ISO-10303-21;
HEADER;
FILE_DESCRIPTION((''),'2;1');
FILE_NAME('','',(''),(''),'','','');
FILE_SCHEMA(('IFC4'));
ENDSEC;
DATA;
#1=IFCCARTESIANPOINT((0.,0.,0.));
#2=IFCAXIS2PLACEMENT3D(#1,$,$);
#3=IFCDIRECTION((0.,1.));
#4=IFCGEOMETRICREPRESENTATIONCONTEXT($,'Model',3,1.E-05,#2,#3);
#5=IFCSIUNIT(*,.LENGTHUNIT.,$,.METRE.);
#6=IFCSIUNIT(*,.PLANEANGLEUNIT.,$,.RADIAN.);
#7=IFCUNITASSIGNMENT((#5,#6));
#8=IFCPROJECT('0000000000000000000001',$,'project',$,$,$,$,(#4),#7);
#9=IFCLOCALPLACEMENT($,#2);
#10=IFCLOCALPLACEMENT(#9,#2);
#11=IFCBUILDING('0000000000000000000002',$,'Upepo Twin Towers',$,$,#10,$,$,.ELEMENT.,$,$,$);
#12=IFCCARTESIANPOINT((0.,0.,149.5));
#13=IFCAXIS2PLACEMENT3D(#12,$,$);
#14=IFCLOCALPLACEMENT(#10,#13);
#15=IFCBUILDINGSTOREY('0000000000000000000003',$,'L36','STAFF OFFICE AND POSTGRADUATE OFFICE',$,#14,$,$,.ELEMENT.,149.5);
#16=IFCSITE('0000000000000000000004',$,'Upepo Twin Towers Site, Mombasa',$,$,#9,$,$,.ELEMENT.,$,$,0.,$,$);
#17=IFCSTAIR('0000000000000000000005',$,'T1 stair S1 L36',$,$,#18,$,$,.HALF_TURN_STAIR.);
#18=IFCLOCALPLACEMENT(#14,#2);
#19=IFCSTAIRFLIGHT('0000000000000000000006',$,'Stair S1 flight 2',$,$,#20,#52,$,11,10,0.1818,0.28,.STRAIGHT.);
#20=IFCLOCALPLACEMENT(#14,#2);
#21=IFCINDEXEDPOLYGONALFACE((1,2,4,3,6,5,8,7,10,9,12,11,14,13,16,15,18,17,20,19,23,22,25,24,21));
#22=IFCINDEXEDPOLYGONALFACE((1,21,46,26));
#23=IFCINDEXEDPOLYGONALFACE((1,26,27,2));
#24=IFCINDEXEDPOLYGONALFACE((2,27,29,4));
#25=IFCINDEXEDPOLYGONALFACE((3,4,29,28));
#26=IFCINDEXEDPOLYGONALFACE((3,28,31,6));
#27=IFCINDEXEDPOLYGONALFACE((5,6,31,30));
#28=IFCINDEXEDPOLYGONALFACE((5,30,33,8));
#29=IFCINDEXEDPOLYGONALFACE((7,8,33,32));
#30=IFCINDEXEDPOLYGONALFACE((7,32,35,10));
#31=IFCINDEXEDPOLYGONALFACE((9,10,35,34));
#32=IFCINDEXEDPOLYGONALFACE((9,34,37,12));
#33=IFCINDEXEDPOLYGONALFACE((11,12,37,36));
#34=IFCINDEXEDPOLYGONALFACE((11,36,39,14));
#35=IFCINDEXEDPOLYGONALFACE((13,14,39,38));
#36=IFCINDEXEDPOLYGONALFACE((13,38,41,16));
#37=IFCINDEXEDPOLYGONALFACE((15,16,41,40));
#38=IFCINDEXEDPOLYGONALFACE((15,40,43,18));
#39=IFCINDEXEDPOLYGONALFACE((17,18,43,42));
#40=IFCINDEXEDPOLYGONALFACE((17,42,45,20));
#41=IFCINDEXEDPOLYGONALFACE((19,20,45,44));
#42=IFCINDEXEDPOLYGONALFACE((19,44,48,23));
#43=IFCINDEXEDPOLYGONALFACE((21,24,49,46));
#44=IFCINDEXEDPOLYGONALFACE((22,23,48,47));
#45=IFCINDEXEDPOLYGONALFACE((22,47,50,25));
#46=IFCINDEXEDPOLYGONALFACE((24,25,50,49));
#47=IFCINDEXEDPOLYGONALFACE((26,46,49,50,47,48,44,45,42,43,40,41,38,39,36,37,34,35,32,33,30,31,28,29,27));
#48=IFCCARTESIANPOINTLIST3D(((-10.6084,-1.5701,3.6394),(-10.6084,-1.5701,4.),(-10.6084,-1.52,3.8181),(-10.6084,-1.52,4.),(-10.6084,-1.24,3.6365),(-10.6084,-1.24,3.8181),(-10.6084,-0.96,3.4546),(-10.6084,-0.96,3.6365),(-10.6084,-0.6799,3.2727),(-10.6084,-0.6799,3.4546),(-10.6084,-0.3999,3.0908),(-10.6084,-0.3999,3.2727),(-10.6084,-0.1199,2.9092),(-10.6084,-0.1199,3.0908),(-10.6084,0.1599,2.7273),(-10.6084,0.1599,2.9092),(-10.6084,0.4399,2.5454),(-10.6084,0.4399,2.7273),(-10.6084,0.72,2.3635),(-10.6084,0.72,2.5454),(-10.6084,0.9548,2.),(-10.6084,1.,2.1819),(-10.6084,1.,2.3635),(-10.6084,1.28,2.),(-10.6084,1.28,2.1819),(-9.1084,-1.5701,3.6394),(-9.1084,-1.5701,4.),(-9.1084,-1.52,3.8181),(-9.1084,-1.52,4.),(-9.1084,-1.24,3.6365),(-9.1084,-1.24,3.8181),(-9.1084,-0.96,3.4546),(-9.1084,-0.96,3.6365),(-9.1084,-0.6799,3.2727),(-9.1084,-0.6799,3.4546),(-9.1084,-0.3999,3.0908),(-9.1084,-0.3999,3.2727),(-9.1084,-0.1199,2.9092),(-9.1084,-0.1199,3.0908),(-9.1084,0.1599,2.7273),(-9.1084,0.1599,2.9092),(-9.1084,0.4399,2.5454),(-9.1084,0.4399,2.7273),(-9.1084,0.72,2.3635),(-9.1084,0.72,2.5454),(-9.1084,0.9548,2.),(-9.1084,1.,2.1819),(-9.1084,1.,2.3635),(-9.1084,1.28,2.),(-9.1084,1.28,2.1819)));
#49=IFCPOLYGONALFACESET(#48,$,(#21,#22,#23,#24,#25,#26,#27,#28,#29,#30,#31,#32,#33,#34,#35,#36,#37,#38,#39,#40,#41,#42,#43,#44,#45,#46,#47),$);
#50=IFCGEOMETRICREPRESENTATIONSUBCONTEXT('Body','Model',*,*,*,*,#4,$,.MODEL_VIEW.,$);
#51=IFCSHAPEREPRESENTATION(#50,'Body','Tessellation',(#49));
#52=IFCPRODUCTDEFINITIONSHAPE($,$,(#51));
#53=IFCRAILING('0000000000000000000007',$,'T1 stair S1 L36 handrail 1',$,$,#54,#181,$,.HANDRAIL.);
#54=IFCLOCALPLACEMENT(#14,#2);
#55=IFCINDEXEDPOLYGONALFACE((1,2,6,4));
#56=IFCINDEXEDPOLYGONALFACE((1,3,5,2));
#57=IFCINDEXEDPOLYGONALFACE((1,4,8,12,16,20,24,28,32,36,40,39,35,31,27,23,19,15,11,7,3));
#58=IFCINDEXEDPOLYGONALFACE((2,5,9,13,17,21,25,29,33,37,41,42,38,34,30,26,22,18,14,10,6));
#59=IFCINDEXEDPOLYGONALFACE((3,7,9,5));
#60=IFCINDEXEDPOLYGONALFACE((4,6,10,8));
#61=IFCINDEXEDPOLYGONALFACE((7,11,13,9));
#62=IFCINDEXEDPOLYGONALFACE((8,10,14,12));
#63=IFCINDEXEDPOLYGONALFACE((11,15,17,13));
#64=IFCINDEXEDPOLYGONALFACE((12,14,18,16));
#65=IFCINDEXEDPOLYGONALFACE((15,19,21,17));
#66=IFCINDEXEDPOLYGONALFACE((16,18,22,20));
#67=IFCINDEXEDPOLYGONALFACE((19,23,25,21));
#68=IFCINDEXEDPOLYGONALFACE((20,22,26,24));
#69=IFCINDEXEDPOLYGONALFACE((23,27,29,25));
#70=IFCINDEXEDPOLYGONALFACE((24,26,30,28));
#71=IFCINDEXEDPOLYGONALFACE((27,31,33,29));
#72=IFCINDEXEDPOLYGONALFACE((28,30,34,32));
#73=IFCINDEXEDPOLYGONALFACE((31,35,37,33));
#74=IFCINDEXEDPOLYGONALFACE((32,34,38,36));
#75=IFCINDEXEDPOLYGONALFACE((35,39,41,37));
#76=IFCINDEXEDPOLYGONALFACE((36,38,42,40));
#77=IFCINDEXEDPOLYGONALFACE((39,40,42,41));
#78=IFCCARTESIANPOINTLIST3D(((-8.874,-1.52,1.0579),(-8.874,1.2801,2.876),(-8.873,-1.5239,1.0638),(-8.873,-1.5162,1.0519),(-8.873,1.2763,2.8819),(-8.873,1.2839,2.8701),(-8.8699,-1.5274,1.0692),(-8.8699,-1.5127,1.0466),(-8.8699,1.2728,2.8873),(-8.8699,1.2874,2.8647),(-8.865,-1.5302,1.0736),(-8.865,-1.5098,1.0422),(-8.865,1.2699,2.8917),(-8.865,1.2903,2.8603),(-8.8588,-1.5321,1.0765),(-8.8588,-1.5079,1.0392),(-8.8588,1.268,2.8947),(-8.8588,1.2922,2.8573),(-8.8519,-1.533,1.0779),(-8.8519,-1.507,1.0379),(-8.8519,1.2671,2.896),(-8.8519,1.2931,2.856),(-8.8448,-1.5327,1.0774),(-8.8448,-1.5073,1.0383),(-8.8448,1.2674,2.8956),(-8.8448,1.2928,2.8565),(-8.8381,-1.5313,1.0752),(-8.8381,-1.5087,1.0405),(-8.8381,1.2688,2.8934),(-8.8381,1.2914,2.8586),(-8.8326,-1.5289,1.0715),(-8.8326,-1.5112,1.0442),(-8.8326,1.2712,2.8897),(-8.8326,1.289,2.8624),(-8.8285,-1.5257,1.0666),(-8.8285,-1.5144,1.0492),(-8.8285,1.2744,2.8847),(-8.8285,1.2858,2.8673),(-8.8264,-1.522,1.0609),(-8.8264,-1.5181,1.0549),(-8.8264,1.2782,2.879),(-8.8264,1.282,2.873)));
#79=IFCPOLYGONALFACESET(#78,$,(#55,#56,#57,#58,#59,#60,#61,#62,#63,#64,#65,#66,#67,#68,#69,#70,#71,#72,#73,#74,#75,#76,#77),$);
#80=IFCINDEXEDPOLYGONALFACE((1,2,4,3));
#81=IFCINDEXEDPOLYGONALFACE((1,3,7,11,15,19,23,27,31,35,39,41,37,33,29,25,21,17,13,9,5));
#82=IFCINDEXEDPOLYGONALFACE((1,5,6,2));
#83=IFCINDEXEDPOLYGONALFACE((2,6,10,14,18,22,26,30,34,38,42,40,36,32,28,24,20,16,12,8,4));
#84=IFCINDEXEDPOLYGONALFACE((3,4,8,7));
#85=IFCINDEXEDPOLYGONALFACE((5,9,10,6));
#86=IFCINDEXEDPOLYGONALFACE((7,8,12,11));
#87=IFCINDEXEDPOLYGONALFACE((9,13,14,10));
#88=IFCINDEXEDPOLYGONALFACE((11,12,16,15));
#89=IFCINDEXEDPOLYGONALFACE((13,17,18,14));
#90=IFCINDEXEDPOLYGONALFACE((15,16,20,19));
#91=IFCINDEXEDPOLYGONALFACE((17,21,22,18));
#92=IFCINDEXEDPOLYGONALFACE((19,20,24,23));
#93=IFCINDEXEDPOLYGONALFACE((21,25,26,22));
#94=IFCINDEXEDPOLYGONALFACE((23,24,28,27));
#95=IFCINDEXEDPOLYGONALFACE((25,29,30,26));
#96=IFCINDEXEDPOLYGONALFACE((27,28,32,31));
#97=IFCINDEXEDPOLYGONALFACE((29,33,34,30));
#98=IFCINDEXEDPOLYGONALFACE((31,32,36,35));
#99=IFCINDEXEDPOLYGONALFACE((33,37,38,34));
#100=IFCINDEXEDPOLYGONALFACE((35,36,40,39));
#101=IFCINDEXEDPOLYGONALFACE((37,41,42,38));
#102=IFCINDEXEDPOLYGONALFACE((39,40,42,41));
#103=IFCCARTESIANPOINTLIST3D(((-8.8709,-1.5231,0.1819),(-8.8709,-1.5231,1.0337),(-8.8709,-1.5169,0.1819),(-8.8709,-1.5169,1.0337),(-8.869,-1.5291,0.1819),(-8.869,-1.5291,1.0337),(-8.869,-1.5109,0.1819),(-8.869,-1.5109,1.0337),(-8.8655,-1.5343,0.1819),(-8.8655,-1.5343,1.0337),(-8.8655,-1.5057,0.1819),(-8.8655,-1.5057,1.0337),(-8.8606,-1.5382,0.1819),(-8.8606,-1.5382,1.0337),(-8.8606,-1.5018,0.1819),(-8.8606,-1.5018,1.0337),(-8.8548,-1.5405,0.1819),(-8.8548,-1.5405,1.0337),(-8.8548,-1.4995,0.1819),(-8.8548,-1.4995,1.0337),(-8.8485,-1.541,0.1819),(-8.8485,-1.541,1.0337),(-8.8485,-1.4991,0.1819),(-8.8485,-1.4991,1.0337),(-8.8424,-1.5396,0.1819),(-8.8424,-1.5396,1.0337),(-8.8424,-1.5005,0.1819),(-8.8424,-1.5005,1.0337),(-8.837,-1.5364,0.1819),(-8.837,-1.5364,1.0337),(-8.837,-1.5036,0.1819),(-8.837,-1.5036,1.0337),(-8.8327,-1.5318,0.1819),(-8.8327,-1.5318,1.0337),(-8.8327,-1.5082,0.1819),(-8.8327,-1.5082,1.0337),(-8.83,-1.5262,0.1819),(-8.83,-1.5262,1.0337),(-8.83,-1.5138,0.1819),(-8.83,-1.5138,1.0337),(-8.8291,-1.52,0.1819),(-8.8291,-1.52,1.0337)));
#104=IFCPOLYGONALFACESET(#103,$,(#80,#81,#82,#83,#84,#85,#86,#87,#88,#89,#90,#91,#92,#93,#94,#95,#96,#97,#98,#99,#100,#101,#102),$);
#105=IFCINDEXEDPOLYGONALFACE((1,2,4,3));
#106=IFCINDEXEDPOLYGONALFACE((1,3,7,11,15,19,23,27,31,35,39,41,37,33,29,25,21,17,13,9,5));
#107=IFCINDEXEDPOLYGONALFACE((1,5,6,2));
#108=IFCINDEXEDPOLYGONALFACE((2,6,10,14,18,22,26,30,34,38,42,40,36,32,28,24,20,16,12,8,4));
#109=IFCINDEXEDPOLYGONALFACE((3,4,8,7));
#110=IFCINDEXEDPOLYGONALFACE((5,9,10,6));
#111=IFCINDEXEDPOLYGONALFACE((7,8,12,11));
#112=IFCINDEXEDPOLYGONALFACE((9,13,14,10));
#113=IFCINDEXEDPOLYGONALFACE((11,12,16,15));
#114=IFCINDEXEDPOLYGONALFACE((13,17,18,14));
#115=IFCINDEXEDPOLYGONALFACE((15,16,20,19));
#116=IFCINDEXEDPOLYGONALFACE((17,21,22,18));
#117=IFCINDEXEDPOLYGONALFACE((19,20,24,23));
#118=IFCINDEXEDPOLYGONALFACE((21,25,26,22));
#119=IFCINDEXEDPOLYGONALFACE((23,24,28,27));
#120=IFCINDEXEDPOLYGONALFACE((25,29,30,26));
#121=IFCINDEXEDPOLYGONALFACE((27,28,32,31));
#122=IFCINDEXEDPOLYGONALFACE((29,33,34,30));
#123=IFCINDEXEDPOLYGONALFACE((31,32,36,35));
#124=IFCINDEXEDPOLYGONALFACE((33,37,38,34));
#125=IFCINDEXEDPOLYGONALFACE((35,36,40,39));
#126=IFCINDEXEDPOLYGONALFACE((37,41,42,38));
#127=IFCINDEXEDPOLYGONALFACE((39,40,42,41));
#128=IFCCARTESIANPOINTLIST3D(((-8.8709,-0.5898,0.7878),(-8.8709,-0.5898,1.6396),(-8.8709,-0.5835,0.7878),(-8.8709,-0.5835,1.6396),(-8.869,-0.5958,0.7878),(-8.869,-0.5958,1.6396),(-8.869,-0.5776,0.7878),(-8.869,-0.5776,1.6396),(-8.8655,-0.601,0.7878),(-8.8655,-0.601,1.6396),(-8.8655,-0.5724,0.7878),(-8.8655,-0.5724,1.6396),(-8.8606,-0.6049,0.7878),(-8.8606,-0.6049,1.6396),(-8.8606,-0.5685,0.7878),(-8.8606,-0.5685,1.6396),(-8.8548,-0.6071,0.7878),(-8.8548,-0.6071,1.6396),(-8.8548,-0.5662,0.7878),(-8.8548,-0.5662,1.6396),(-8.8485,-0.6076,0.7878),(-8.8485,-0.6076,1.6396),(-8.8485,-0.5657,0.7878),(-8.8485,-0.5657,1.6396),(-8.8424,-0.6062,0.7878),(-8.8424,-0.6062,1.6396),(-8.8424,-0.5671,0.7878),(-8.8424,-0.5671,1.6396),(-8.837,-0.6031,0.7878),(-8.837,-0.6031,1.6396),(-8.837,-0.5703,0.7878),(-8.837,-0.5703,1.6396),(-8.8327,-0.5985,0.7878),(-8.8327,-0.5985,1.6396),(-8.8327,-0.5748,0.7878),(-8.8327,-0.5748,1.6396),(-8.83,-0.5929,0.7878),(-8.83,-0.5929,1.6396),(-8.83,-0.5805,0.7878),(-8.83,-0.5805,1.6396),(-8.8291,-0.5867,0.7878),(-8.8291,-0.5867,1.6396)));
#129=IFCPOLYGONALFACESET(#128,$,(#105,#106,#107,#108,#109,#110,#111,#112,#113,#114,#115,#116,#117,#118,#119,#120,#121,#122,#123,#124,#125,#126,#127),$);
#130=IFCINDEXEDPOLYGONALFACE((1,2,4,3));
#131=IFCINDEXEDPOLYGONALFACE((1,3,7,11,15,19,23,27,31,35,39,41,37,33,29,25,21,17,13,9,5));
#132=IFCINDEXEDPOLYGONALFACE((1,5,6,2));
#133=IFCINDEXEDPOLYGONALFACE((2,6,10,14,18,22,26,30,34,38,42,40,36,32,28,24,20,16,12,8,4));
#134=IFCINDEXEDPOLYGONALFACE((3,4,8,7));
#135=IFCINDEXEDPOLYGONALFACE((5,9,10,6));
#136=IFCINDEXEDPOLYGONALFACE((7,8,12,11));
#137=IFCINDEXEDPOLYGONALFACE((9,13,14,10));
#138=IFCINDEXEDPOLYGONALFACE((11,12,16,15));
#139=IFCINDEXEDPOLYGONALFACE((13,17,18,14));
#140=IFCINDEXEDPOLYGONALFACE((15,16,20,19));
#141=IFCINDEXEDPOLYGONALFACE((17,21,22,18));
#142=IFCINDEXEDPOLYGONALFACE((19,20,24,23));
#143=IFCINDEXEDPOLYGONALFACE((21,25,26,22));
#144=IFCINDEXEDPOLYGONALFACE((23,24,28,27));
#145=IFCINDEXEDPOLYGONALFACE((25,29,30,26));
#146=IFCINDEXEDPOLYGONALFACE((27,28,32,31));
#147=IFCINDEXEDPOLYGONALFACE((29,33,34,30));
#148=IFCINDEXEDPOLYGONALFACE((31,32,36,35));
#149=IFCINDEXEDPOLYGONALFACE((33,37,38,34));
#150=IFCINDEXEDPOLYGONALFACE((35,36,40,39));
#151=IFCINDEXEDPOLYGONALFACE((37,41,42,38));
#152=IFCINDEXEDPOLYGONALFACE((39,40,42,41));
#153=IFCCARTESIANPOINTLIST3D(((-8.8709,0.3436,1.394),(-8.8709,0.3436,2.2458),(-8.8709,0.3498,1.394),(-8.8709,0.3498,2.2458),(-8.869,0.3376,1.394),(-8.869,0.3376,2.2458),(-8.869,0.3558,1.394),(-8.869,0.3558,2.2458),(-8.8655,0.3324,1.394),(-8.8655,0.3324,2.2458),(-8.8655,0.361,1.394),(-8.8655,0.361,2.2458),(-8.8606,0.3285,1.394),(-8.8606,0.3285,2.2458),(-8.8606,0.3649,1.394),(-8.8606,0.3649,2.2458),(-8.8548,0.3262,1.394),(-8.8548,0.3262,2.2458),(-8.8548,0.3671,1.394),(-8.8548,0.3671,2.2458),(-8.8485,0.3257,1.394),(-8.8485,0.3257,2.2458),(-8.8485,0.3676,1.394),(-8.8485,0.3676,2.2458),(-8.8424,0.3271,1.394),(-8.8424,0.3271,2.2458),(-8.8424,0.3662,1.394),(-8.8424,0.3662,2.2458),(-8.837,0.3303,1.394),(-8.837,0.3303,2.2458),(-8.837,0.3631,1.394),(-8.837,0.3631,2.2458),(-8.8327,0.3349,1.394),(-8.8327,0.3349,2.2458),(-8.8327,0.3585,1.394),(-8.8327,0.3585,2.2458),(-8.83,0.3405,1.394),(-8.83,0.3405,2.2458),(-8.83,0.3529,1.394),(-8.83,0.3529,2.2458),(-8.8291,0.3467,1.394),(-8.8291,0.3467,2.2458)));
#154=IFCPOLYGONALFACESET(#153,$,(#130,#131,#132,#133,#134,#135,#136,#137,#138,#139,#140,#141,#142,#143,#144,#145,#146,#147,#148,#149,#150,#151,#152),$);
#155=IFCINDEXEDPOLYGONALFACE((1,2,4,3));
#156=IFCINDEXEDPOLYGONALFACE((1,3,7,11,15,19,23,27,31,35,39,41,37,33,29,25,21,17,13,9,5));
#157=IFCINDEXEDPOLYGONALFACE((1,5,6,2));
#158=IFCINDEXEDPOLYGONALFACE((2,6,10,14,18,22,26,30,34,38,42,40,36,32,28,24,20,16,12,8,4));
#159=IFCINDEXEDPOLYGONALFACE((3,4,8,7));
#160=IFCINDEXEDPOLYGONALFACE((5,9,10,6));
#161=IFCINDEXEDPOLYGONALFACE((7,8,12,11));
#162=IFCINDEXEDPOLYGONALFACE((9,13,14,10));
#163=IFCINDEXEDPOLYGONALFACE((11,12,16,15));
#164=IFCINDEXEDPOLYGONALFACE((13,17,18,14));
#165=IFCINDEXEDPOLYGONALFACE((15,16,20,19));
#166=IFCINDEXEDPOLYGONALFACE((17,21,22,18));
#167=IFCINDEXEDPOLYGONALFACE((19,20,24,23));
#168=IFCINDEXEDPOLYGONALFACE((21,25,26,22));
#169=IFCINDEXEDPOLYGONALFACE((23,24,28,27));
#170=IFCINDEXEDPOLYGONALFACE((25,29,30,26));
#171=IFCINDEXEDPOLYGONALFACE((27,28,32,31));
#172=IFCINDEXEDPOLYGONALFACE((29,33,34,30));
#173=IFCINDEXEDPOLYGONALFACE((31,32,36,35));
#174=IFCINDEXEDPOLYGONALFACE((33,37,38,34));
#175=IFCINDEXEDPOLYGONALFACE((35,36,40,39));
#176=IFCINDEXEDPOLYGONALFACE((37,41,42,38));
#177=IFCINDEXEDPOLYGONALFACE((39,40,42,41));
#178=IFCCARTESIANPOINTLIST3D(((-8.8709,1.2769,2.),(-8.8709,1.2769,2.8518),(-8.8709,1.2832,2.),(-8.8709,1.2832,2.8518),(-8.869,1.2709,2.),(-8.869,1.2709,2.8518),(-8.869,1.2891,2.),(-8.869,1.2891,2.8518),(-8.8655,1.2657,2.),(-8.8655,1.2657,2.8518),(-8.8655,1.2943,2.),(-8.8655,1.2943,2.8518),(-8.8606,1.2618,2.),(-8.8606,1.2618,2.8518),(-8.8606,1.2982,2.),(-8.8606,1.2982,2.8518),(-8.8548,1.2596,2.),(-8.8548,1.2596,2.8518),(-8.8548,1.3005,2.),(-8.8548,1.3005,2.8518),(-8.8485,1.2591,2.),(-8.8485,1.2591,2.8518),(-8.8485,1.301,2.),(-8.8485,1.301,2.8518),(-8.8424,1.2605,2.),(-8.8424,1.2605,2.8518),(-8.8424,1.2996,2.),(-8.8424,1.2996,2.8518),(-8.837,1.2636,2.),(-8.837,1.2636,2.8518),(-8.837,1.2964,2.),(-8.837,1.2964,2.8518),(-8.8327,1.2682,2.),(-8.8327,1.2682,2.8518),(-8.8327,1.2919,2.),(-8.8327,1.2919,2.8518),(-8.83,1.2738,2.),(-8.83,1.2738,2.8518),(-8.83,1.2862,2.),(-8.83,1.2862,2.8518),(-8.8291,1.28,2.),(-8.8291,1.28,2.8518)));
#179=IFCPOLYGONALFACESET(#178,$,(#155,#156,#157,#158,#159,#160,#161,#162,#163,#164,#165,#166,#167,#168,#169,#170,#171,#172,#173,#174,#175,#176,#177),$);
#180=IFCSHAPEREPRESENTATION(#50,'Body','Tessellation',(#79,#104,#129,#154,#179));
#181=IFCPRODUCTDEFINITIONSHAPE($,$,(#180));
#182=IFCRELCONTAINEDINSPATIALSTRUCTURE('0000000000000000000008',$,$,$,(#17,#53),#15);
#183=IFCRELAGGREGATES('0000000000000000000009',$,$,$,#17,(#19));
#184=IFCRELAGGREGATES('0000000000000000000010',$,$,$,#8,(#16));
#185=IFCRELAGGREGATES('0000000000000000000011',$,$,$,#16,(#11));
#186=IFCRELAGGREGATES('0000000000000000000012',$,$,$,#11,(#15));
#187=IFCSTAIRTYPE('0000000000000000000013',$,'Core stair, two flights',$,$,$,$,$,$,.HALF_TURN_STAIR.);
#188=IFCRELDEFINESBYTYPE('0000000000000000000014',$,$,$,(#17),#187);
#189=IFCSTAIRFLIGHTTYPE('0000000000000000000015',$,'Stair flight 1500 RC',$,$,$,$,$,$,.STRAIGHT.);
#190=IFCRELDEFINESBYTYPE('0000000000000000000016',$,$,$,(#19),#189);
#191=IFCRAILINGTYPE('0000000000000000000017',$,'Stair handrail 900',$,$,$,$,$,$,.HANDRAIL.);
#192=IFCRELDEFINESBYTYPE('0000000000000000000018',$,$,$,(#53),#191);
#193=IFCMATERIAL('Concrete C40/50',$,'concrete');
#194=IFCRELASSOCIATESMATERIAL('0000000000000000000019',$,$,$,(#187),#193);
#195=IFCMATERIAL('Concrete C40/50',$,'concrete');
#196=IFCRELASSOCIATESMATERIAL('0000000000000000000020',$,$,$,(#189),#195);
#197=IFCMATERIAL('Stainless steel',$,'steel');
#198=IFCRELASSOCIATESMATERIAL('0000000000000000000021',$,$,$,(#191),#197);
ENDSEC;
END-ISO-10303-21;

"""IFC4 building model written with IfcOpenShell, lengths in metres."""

from ifc_helpers import new_model, si_unit, direction, frame, origin, origin_2d, place, context, subcontext, project, spatial, polyline, circle, outline, extrude, material, type_object, element, aggregate, save


model = new_model("IFC4")

# Units and contexts
model_context = context("Model", 3, precision=1e-05, world=origin(), true_north=direction((0.0, 1.0)))
body_context = subcontext(model_context, "Body", "Model", "MODEL_VIEW")
ifc_project = project(units=[si_unit("LENGTHUNIT", "METRE"), si_unit("PLANEANGLEUNIT", "RADIAN")], contexts=[model_context])

# Site, building, storey
site_placement = place(None, origin())
site = spatial("IfcSite", under=ifc_project, at=site_placement, Name="Upepo Twin Towers Site, Mombasa", CompositionType="ELEMENT", RefElevation=0.0)
building_placement = place(site_placement, origin())
building = spatial("IfcBuilding", under=site, at=building_placement, Name="Upepo Twin Towers", CompositionType="ELEMENT")
storey_placement = place(building_placement, frame((0.0, 0.0, 149.5)))
storey = spatial("IfcBuildingStorey", under=building, at=storey_placement, Name="L36", Description="STAFF OFFICE AND POSTGRADUATE OFFICE", CompositionType="ELEMENT", Elevation=149.5)

# Stair, stair flight
ifc_material_1 = material(Name="Concrete C40/50", Category="concrete")
stair_type = type_object("IfcStairType", Name="Core stair, two flights", PredefinedType="HALF_TURN_STAIR", material=ifc_material_1)
stair_placement = place(storey_placement, origin())
stair = element("IfcStair", 1, at=stair_placement, inside=storey, type_object=stair_type, Name="T1 stair S1 L36", PredefinedType="HALF_TURN_STAIR")
ifc_material_2 = material(Name="Concrete C40/50", Category="concrete")
stair_flight_type = type_object("IfcStairFlightType", Name="Stair flight 1500 RC", PredefinedType="STRAIGHT", material=ifc_material_2)
stair_flight_1_placement = place(storey_placement, frame((-9.8584, 1.28, 2.0), z_axis=(0.0, 0.0, 1.0), x_axis=(0.0, -1.0, 0.0)))
stair_flight_1 = element("IfcStairFlight", 2, at=stair_flight_1_placement, type_object=stair_flight_type, Name="Stair S1 flight 2", NumberOfRisers=11, NumberOfTreads=10, PredefinedType="STRAIGHT", RiserHeight=0.1818, TreadLength=0.28, context=body_context, shape_type="SweptSolid", body=[
    extrude(outline(polyline([(0.0, 0.0), (0.0, 0.1819), (0.28, 0.1819), (0.28, 0.3635), (0.5601, 0.3635), (0.5601, 0.5454), (0.8401, 0.5454), (0.8401, 0.7273), (1.1201, 0.7273), (1.1201, 0.9092), (1.3999, 0.9092), (1.3999, 1.0908), (1.6799, 1.0908), (1.6799, 1.2727), (1.96, 1.2727), (1.96, 1.4546), (2.24, 1.4546), (2.24, 1.6365), (2.52, 1.6365), (2.52, 1.8181), (2.8, 1.8181), (2.8, 2.0), (2.8501, 2.0), (2.8501, 1.6394), (0.3252, 0.0), (0.0, 0.0)])), frame((0.0, 0.75, 0.0), z_axis=(0.0, -1.0, 0.0), x_axis=(1.0, 0.0, 0.0)), (0.0, 0.0, 1.0), 1.5),
])
aggregate(stair, [stair_flight_1])

# Railing
ifc_material_3 = material(Name="Stainless steel", Category="steel")
railing_type = type_object("IfcRailingType", Name="Stair handrail 900", PredefinedType="HANDRAIL", material=ifc_material_3)
railing_1_placement = place(storey_placement, frame((-8.8501, -1.52, 0.1819)))
element("IfcRailing", 3, at=railing_1_placement, inside=storey, type_object=railing_type, Name="T1 stair S1 L36 handrail 1", PredefinedType="HANDRAIL", context=body_context, shape_type="SweptSolid", body=[
    extrude(circle(Radius=0.0239, at=origin_2d()), frame((0.0, 0.0, 0.876), z_axis=(0.0, 0.838706, 0.544585), x_axis=(-1.0, 0.0, 0.0)), (0.0, 0.0, 1.0), 3.3386),
    extrude(circle(Radius=0.021, at=origin_2d()), origin(), (0.0, 0.0, 1.0), 0.8518),
    extrude(circle(Radius=0.021, at=origin_2d()), frame((0.0, 0.9333, 0.606)), (0.0, 0.0, 1.0), 0.8518),
    extrude(circle(Radius=0.021, at=origin_2d()), frame((0.0, 1.8667, 1.2122)), (0.0, 0.0, 1.0), 0.8518),
    extrude(circle(Radius=0.021, at=origin_2d()), frame((0.0, 2.8, 1.8181)), (0.0, 0.0, 1.0), 0.8518),
])

save(model, "model.ifc")
